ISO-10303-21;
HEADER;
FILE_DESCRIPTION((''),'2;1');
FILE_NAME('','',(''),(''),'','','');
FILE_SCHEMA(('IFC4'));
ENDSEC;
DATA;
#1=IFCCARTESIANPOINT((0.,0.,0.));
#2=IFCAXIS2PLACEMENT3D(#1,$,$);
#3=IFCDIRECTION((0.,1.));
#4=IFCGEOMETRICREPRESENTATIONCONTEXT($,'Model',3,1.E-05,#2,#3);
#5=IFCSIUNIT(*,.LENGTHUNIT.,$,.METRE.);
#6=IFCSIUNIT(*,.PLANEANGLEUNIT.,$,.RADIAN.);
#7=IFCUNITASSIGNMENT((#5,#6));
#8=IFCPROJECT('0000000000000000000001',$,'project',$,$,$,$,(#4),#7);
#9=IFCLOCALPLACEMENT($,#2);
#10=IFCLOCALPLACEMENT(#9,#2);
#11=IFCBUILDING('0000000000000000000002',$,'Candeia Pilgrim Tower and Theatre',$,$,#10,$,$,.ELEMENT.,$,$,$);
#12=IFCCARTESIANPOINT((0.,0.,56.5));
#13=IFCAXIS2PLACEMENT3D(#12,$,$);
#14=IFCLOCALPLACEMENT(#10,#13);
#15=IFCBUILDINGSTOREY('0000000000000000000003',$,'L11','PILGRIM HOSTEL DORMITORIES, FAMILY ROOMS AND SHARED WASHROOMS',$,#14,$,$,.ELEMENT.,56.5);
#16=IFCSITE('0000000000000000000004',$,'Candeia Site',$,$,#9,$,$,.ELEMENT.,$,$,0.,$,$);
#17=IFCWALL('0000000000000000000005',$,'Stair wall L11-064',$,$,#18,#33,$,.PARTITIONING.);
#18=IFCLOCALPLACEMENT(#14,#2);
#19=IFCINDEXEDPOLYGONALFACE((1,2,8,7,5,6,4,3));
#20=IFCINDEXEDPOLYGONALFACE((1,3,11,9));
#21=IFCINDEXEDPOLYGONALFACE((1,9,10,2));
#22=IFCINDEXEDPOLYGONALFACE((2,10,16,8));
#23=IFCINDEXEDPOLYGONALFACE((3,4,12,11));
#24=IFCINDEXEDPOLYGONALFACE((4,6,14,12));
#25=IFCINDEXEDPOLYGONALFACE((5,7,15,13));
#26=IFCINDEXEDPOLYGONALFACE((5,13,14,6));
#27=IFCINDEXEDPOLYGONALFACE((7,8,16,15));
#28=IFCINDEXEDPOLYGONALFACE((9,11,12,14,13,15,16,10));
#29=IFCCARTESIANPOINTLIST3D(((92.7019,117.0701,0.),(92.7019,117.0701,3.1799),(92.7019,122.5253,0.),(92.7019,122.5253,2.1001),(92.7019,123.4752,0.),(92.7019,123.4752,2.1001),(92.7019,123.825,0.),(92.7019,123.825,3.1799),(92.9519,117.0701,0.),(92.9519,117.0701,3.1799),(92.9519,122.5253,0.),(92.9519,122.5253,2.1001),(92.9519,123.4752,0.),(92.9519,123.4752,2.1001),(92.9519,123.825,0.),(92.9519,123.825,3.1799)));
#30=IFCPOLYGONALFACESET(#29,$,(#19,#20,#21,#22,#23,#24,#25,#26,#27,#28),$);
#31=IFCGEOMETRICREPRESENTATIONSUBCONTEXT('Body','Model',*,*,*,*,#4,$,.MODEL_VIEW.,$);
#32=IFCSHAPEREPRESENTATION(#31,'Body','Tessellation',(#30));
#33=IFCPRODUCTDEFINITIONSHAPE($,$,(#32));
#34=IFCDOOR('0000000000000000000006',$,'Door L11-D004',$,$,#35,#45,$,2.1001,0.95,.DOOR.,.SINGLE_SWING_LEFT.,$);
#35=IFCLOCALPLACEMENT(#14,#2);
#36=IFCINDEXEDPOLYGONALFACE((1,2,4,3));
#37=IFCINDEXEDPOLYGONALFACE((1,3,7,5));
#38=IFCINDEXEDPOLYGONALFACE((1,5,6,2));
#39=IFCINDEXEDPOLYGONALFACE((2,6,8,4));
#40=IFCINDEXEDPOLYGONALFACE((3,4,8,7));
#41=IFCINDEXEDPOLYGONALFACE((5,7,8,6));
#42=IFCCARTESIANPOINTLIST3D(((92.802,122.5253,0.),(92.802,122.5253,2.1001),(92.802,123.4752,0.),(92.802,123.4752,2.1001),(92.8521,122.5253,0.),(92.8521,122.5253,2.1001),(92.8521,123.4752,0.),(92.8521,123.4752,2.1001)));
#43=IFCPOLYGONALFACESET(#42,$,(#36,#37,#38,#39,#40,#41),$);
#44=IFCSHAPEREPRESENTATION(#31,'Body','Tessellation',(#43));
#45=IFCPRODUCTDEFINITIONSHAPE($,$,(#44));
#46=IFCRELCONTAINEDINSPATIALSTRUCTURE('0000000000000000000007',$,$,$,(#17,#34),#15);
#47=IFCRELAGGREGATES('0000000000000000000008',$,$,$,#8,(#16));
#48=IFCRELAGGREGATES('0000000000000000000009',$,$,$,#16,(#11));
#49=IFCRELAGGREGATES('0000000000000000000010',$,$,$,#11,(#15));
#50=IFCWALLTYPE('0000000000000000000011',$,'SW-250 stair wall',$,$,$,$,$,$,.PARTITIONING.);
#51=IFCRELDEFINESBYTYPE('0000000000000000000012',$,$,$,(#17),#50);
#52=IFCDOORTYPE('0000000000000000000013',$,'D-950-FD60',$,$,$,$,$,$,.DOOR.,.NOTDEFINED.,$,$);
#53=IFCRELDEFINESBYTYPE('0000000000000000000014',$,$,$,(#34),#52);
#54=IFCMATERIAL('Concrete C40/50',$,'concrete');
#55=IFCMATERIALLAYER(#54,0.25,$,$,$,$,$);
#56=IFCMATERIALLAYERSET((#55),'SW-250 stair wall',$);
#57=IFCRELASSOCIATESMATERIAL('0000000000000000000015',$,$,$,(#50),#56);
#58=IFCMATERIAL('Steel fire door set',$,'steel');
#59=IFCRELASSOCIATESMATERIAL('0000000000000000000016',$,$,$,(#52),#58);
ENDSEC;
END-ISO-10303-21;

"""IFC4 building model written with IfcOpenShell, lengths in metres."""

from ifc_helpers import new_model, si_unit, direction, frame, frame_2d, origin, place, context, subcontext, project, spatial, rectangle, extrude, material, layer, layer_set, type_object, element, fill, save


model = new_model("IFC4")

# Units and contexts
model_context = context("Model", 3, precision=1e-05, world=origin(), true_north=direction((0.0, 1.0)))
body_context = subcontext(model_context, "Body", "Model", "MODEL_VIEW")
ifc_project = project(units=[si_unit("LENGTHUNIT", "METRE"), si_unit("PLANEANGLEUNIT", "RADIAN")], contexts=[model_context])

# Site, building, storey
site_placement = place(None, origin())
site = spatial("IfcSite", under=ifc_project, at=site_placement, Name="Candeia Site", CompositionType="ELEMENT", RefElevation=0.0)
building_placement = place(site_placement, origin())
building = spatial("IfcBuilding", under=site, at=building_placement, Name="Candeia Pilgrim Tower and Theatre", CompositionType="ELEMENT")
storey_placement = place(building_placement, frame((0.0, 0.0, 56.5)))
storey = spatial("IfcBuildingStorey", under=building, at=storey_placement, Name="L11", Description="PILGRIM HOSTEL DORMITORIES, FAMILY ROOMS AND SHARED WASHROOMS", CompositionType="ELEMENT", Elevation=56.5)

# Shared definitions
ifc_material_1 = material(Name="Steel fire door set", Category="steel")

# Shared definitions
ifc_material_2 = material(Name="Concrete C40/50", Category="concrete")

# Wall, opening, door
ifc_layer_1 = layer(ifc_material_2, 0.25)
ifc_layer_set_1 = layer_set([ifc_layer_1], Name="SW-250 stair wall")
wall_type_1 = type_object("IfcWallType", Name="SW-250 stair wall", PredefinedType="PARTITIONING", material=ifc_layer_set_1)
wall_1_placement = place(storey_placement, frame((92.8269, 117.0701, 0.0), z_axis=(0.0, 0.0, 1.0), x_axis=(0.0, 1.0, 0.0)))
wall_1 = element("IfcWall", 1, at=wall_1_placement, inside=storey, type_object=wall_type_1, Name="Stair wall L11-064", PredefinedType="PARTITIONING", context=body_context, shape_type="SweptSolid", body=[
    extrude(rectangle(XDim=6.7549, YDim=0.25, at=frame_2d((3.3774, 0.0))), origin(), (0.0, 0.0, 1.0), 3.1799),
])
opening_1_placement = place(wall_1_placement, frame((5.4551, 0.0, 0.0)))
opening_1 = element("IfcOpeningElement", 2, at=opening_1_placement, cuts=wall_1, PredefinedType="OPENING", context=body_context, shape_type="SweptSolid", body=[
    extrude(rectangle(XDim=0.95, YDim=2.1001, at=frame_2d((0.4751, 1.05))), frame((0.0, 0.135, 0.0), z_axis=(0.0, -1.0, 0.0), x_axis=(1.0, 0.0, 0.0)), (0.0, 0.0, 1.0), 0.27),
])
door_type_1 = type_object("IfcDoorType", Name="D-950-FD60", OperationType="NOTDEFINED", PredefinedType="DOOR", material=ifc_material_1)
door_1_placement = place(opening_1_placement, origin())
door_1 = element("IfcDoor", 3, at=door_1_placement, inside=storey, type_object=door_type_1, Name="Door L11-D004", OperationType="SINGLE_SWING_LEFT", OverallHeight=2.1001, OverallWidth=0.95, PredefinedType="DOOR", context=body_context, shape_type="SweptSolid", body=[
    extrude(rectangle(XDim=0.95, YDim=2.1001, at=frame_2d((0.4751, 1.05))), frame((0.0, 0.0249, 0.0), z_axis=(0.0, -1.0, 0.0), x_axis=(1.0, 0.0, 0.0)), (0.0, 0.0, 1.0), 0.05),
])
fill(opening_1, door_1)

save(model, "model.ifc")
